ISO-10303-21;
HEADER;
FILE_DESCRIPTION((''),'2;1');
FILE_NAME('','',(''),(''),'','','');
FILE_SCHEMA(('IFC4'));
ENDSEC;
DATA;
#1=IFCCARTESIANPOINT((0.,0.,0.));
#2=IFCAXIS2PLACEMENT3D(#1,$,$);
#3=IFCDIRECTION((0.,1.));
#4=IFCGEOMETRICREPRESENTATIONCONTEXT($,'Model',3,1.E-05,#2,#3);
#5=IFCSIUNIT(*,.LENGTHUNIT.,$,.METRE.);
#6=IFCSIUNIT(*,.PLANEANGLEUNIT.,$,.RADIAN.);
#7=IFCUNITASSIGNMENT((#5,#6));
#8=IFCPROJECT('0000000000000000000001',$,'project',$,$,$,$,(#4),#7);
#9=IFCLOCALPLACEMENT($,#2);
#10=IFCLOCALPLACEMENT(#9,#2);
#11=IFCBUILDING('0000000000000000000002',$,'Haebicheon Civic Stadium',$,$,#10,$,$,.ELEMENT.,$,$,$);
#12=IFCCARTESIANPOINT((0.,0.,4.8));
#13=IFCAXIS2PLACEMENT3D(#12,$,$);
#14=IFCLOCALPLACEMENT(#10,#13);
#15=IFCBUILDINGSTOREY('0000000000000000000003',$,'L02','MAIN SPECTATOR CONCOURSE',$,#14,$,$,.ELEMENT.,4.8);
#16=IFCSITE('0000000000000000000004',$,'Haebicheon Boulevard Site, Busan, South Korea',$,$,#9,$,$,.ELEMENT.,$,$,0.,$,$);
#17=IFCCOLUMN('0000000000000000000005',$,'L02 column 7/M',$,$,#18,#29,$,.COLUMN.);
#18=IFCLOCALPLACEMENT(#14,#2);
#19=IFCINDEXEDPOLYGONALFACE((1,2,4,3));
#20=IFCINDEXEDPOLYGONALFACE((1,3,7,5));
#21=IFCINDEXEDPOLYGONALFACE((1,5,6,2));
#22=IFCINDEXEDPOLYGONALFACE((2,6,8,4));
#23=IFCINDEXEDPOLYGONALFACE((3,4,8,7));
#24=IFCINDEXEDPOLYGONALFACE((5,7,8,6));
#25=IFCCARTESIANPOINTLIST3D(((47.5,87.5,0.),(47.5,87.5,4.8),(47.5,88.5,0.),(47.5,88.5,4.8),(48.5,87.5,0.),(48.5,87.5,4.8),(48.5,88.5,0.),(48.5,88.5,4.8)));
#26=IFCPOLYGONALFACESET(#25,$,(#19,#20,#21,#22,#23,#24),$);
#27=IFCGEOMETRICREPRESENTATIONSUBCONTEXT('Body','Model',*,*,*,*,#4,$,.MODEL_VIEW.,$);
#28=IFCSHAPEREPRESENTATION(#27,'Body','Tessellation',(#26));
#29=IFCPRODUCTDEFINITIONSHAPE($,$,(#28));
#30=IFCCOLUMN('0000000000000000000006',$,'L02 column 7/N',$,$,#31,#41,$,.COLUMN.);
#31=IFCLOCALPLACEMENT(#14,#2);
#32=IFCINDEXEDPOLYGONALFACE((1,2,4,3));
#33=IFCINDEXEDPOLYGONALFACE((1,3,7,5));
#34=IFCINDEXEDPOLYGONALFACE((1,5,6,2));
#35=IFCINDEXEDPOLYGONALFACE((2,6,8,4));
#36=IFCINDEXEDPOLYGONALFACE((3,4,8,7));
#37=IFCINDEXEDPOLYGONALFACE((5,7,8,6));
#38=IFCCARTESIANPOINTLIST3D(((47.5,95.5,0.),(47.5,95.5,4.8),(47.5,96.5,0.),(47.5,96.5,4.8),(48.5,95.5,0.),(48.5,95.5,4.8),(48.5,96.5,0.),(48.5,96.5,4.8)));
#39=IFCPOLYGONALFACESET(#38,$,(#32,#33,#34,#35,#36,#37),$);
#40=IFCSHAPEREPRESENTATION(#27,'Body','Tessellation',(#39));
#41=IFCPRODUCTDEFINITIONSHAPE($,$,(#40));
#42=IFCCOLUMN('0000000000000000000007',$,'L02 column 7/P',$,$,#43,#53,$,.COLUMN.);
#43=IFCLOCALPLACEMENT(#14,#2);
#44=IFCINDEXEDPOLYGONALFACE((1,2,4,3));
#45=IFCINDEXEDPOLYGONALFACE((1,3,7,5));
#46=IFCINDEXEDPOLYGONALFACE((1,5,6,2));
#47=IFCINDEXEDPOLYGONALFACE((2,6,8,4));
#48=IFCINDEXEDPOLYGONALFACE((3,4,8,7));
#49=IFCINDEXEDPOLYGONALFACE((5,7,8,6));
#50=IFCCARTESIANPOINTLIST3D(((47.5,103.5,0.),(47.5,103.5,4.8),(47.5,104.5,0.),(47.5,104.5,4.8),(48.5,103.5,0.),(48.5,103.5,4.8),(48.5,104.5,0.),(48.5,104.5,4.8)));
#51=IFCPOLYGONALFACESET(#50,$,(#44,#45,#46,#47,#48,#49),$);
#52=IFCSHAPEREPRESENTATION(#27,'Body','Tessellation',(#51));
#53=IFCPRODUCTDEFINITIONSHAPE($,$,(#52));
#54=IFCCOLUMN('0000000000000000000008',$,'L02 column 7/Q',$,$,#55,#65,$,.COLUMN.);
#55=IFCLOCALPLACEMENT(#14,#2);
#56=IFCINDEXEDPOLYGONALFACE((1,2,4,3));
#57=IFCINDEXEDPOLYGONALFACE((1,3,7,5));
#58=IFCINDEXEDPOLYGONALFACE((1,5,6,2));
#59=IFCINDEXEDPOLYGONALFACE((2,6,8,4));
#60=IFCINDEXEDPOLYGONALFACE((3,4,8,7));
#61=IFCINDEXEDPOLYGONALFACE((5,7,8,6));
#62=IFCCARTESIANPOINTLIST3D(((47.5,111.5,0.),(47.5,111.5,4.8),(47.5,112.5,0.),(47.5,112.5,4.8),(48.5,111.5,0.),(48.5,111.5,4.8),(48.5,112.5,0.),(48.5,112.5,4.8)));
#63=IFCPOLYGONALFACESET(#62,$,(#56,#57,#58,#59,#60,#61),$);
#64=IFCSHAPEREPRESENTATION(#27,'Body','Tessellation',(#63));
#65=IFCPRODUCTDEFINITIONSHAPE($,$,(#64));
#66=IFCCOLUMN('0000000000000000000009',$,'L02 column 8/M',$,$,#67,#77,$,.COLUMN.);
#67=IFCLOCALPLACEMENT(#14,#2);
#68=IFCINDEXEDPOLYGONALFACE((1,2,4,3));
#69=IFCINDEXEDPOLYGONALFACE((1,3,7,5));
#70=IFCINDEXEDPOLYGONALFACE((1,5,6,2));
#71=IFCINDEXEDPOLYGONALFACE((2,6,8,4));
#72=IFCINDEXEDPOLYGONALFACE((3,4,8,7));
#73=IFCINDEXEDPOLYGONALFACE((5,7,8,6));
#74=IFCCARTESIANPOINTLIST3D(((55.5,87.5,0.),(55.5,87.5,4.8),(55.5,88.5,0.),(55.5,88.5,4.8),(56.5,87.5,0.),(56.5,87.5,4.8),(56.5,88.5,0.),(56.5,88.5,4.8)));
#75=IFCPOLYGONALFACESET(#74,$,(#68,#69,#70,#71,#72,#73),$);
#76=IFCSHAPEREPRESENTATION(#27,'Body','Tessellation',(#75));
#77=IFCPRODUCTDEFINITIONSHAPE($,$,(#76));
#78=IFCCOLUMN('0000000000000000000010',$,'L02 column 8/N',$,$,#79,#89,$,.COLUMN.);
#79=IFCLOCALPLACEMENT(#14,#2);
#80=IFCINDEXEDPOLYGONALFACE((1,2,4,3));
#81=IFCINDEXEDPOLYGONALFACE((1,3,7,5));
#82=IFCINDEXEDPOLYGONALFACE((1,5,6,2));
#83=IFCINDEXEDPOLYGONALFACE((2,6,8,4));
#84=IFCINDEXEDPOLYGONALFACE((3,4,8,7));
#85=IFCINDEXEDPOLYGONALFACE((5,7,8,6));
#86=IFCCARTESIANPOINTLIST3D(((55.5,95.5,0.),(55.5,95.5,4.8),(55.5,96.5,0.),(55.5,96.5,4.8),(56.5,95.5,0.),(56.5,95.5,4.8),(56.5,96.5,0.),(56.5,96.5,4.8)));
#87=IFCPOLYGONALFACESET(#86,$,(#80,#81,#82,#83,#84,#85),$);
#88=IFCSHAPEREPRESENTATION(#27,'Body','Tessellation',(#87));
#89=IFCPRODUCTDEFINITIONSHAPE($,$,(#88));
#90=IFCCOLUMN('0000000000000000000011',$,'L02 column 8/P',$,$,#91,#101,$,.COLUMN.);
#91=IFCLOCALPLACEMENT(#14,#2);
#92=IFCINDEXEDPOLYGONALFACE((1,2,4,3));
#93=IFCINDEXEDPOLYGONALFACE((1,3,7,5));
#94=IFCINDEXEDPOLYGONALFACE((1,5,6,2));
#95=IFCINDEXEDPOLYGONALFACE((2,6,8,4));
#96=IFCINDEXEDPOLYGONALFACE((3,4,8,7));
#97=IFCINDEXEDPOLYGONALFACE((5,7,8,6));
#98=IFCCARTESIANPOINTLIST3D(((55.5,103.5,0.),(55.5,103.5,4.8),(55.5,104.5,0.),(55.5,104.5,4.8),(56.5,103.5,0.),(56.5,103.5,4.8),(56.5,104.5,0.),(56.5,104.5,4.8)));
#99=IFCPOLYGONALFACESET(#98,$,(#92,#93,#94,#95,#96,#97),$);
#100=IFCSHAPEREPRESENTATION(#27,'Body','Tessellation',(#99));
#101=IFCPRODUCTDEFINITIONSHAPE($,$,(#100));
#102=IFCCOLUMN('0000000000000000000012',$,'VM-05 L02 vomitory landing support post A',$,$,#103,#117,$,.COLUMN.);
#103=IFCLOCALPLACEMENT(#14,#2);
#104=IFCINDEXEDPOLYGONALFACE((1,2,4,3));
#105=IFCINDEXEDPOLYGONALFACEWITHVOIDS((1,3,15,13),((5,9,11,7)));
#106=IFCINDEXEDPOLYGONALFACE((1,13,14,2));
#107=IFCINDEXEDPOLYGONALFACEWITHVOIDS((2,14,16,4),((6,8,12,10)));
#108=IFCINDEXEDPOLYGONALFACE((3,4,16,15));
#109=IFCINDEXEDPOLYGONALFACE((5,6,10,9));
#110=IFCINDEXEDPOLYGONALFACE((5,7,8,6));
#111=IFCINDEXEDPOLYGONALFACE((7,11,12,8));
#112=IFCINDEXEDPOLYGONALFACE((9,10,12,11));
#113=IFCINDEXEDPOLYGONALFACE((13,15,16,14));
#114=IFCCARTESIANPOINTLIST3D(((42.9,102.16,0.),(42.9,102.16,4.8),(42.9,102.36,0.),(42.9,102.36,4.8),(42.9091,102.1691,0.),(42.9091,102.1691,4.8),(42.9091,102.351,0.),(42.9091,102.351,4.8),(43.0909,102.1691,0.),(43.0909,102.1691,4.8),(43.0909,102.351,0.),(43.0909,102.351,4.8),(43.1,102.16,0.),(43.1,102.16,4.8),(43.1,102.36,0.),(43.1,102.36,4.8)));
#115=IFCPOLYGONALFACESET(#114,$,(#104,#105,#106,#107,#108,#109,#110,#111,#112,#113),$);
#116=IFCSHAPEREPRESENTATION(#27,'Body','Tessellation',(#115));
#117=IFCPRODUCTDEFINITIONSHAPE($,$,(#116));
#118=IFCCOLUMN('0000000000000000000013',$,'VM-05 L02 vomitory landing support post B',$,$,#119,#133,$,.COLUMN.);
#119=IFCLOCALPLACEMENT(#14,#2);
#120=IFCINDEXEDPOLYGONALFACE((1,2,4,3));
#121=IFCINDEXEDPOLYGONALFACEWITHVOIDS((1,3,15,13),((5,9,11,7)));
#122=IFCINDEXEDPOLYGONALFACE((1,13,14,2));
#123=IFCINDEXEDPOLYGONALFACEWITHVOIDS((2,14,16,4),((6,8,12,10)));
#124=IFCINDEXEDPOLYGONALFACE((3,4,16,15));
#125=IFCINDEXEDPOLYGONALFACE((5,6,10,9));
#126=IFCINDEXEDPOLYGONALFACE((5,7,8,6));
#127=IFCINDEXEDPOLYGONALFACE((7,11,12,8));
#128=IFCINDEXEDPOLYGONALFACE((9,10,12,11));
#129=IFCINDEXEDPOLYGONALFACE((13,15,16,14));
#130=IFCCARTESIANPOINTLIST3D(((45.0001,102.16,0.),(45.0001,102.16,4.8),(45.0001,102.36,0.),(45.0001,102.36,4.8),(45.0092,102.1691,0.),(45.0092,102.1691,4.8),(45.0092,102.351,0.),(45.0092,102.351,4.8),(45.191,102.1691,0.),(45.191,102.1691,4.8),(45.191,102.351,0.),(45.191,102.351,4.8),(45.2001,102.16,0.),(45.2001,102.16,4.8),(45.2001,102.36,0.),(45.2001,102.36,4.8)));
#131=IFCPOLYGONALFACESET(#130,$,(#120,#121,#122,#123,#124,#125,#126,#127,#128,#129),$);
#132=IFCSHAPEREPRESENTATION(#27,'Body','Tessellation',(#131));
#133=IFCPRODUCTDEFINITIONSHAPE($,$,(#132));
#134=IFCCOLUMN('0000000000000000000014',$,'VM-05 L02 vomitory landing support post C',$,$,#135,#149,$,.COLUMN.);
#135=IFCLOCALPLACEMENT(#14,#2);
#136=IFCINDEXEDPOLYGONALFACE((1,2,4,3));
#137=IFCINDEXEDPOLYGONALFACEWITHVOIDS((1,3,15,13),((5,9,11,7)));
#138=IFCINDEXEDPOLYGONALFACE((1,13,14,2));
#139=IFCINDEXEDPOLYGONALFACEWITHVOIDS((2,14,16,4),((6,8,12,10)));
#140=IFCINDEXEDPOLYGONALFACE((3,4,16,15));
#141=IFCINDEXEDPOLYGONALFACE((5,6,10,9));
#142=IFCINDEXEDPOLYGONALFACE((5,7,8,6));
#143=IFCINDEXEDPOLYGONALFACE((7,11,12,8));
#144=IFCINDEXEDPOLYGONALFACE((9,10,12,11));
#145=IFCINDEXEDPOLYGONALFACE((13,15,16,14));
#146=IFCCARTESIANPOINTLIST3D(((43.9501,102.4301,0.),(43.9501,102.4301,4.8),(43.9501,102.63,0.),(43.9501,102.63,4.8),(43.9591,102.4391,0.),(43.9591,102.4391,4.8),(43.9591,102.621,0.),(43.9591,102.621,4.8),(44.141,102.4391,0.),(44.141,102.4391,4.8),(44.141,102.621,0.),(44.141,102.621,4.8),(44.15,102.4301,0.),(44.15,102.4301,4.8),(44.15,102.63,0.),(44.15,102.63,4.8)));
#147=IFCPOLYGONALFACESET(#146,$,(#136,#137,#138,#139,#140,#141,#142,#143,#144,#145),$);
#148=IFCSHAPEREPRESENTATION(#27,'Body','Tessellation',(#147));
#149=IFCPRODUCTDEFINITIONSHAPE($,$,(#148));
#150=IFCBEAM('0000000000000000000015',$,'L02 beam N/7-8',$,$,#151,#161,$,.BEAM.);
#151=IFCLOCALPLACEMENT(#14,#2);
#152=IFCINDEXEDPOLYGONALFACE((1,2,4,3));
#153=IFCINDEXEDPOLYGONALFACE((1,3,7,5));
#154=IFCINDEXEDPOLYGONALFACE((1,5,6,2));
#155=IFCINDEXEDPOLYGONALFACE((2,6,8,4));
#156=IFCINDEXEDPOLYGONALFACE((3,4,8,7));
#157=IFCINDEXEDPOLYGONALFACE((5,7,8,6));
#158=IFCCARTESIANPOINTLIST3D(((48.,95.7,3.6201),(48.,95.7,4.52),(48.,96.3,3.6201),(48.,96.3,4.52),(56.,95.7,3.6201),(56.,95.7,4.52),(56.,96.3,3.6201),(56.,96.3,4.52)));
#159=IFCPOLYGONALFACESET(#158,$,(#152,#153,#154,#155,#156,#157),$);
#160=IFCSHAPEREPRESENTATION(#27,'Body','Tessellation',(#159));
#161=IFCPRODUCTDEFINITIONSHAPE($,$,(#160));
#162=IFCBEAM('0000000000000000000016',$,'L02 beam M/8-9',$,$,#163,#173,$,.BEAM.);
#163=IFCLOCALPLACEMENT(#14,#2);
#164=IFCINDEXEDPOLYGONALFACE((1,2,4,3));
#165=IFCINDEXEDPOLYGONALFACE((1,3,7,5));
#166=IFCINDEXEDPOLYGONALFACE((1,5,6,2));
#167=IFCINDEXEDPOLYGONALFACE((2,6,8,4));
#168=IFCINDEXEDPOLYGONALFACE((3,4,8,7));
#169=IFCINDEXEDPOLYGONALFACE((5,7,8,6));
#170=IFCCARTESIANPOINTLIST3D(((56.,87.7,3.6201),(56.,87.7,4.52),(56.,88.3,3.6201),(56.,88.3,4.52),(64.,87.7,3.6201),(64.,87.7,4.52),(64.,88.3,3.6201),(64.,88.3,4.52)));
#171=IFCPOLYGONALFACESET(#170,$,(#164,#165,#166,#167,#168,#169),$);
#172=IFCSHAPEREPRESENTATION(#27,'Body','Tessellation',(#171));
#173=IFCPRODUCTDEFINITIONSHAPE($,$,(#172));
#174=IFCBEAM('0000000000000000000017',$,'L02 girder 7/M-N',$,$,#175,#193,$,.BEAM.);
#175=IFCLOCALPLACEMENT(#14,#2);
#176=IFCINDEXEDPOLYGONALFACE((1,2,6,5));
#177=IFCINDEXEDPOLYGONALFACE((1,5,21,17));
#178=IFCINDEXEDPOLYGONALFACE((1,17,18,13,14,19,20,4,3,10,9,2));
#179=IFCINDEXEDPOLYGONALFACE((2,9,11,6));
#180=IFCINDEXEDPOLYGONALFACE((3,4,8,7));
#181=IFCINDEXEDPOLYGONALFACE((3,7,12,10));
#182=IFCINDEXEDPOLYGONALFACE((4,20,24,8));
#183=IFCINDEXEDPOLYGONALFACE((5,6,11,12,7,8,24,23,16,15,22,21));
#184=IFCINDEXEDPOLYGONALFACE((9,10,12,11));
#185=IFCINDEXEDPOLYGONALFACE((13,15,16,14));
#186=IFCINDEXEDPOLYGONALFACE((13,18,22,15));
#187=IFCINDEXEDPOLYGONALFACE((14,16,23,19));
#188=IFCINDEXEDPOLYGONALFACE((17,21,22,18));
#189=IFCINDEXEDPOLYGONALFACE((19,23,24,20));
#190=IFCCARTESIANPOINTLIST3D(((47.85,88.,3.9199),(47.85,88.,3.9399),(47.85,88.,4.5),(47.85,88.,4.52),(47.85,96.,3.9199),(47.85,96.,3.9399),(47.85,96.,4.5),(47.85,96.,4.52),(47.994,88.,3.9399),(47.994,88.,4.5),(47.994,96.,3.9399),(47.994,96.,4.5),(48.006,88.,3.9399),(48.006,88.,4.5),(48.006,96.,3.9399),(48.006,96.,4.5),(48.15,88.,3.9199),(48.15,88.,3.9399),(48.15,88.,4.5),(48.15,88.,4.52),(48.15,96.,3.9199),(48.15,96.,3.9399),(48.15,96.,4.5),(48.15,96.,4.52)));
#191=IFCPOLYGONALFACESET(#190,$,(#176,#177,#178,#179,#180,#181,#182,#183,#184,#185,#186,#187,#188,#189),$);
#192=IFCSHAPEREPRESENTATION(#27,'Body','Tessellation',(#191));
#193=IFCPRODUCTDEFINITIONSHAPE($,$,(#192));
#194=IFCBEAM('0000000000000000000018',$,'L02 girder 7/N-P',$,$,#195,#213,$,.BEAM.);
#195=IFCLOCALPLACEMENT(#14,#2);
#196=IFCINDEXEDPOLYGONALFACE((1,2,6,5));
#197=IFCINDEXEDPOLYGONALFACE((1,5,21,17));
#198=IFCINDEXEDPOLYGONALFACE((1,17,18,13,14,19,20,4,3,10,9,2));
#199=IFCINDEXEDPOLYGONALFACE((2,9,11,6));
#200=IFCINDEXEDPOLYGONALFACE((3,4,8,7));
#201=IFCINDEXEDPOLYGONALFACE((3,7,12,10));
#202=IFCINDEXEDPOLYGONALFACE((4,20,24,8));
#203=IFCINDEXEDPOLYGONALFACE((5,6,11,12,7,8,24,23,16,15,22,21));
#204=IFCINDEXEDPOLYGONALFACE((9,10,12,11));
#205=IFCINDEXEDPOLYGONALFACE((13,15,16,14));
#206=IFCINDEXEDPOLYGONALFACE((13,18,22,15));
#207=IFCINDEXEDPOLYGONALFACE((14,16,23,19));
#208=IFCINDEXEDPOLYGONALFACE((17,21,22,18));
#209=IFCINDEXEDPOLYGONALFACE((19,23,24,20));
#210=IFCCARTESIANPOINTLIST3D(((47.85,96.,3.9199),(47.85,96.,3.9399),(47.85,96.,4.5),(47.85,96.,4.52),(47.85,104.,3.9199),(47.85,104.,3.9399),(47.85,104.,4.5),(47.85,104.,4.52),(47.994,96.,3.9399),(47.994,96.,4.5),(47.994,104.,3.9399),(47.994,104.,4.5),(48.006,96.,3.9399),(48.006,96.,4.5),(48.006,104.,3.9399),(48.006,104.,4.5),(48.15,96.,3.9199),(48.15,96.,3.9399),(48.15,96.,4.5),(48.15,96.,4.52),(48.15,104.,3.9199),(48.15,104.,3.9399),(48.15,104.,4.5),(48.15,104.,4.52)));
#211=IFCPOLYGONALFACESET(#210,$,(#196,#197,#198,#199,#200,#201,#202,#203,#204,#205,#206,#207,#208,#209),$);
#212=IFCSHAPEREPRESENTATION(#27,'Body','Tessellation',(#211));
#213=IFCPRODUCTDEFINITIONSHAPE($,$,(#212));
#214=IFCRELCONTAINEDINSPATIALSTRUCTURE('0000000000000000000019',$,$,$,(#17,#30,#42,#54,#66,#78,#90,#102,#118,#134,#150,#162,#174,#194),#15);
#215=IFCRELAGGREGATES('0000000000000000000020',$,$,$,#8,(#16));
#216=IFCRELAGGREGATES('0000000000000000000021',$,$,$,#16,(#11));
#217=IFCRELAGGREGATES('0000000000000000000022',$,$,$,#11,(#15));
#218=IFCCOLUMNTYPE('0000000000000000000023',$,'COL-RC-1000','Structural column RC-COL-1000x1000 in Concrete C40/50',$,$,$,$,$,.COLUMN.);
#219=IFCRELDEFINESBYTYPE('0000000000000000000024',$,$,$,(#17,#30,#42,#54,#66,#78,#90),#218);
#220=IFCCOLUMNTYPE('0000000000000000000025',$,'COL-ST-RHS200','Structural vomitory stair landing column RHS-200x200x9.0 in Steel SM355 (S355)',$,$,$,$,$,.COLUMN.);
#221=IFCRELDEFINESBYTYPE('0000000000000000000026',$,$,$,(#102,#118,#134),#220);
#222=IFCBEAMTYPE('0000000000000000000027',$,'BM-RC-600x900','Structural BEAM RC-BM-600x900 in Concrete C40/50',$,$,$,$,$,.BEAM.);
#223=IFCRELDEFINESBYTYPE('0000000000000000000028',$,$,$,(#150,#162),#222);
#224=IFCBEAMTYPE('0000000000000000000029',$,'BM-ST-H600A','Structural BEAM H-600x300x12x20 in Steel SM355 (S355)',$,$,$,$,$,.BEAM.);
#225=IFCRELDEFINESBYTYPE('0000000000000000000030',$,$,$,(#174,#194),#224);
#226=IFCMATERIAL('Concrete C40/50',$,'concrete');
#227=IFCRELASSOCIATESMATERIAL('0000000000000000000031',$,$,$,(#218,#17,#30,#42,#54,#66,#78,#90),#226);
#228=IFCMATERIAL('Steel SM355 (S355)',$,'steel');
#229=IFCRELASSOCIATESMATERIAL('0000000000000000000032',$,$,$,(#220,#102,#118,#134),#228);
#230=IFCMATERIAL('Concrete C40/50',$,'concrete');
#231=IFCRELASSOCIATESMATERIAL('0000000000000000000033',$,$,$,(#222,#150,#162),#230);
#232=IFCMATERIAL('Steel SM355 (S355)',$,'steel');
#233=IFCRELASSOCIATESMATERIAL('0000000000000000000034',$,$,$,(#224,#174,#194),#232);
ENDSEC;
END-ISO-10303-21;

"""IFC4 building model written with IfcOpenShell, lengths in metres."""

from ifc_helpers import new_model, si_unit, direction, frame, origin, origin_2d, place, context, subcontext, project, spatial, rectangle, hollow_rectangle, i_section, extrude, material, material_profile, profile_set, type_object, element, save


model = new_model("IFC4")

# Units and contexts
model_context = context("Model", 3, precision=1e-05, world=origin(), true_north=direction((0.0, 1.0)))
body_context = subcontext(model_context, "Body", "Model", "MODEL_VIEW")
ifc_project = project(units=[si_unit("LENGTHUNIT", "METRE"), si_unit("PLANEANGLEUNIT", "RADIAN")], contexts=[model_context])

# Site, building, storey
site_placement = place(None, origin())
site = spatial("IfcSite", under=ifc_project, at=site_placement, Name="Haebicheon Boulevard Site, Busan, South Korea", CompositionType="ELEMENT", RefElevation=0.0)
building_placement = place(site_placement, origin())
building = spatial("IfcBuilding", under=site, at=building_placement, Name="Haebicheon Civic Stadium", CompositionType="ELEMENT")
storey_placement = place(building_placement, frame((0.0, 0.0, 4.8)))
storey = spatial("IfcBuildingStorey", under=building, at=storey_placement, Name="L02", Description="MAIN SPECTATOR CONCOURSE", CompositionType="ELEMENT", Elevation=4.8)

# Columns
ifc_material_1 = material(Name="Concrete C40/50", Category="concrete")
ifc_material_profile_1 = material_profile(ifc_material_1, rectangle(XDim=1.0, YDim=1.0, at=origin_2d()), Name="RC-COL-1000x1000")
ifc_profile_set_1 = profile_set([ifc_material_profile_1], Name="Concrete C40/50")
column_type_1 = type_object("IfcColumnType", Name="COL-RC-1000", Description="Structural column RC-COL-1000x1000 in Concrete C40/50", PredefinedType="COLUMN", material=ifc_profile_set_1)
for number, where, z_axis, x_axis, name in (
    (1, (48.0, 88.0, 0.0), (0.0, 0.0, 1.0), (1.0, 0.0, 0.0), "L02 column 7/M"),
    (2, (48.0, 96.0, 0.0), (0.0, 0.0, 1.0), (1.0, 0.0, 0.0), "L02 column 7/N"),
    (3, (48.0, 104.0, 0.0), (0.0, 0.0, 1.0), (1.0, 0.0, 0.0), "L02 column 7/P"),
    (4, (48.0, 112.0, 0.0), (0.0, 0.0, 1.0), (1.0, 0.0, 0.0), "L02 column 7/Q"),
    (5, (56.0, 88.0, 0.0), (0.0, 0.0, 1.0), (1.0, 0.0, 0.0), "L02 column 8/M"),
    (6, (56.0, 96.0, 0.0), (0.0, 0.0, 1.0), (1.0, 0.0, 0.0), "L02 column 8/N"),
    (7, (56.0, 104.0, 0.0), (0.0, 0.0, 1.0), (1.0, 0.0, 0.0), "L02 column 8/P"),
):
    element("IfcColumn", number, at=place(storey_placement, frame(where, z_axis=z_axis, x_axis=x_axis)), inside=storey, type_object=column_type_1, material=ifc_profile_set_1, Name=name, PredefinedType="COLUMN", context=body_context, shape_type="SweptSolid", body=[
        extrude(rectangle(XDim=1.0, YDim=1.0, at=origin_2d()), origin(), (0.0, 0.0, 1.0), 4.8),
    ])
ifc_material_2 = material(Name="Steel SM355 (S355)", Category="steel")
ifc_material_profile_2 = material_profile(ifc_material_2, hollow_rectangle(XDim=0.2, YDim=0.2, WallThickness=0.009, at=origin_2d()), Name="RHS-200x200x9.0")
ifc_profile_set_2 = profile_set([ifc_material_profile_2], Name="Steel SM355 (S355)")
column_type_2 = type_object("IfcColumnType", Name="COL-ST-RHS200", Description="Structural vomitory stair landing column RHS-200x200x9.0 in Steel SM355 (S355)", PredefinedType="COLUMN", material=ifc_profile_set_2)
for number, where, z_axis, x_axis, name in (
    (8, (43.0, 102.26, 0.0), (0.0, 0.0, 1.0), (1.0, 0.0, 0.0), "VM-05 L02 vomitory landing support post A"),
    (9, (45.1001, 102.26, 0.0), (0.0, 0.0, 1.0), (1.0, 0.0, 0.0), "VM-05 L02 vomitory landing support post B"),
    (10, (44.05, 102.53, 0.0), (0.0, 0.0, 1.0), (1.0, 0.0, 0.0), "VM-05 L02 vomitory landing support post C"),
):
    element("IfcColumn", number, at=place(storey_placement, frame(where, z_axis=z_axis, x_axis=x_axis)), inside=storey, type_object=column_type_2, material=ifc_profile_set_2, Name=name, PredefinedType="COLUMN", context=body_context, shape_type="SweptSolid", body=[
        extrude(hollow_rectangle(XDim=0.2, YDim=0.2, WallThickness=0.009, at=origin_2d()), origin(), (0.0, 0.0, 1.0), 4.8),
    ])

# Beams
ifc_material_3 = material(Name="Concrete C40/50", Category="concrete")
ifc_material_profile_3 = material_profile(ifc_material_3, rectangle(XDim=0.6001, YDim=0.8999, at=origin_2d()), Name="RC-BM-600x900")
ifc_profile_set_3 = profile_set([ifc_material_profile_3], Name="Concrete C40/50")
beam_type_1 = type_object("IfcBeamType", Name="BM-RC-600x900", Description="Structural BEAM RC-BM-600x900 in Concrete C40/50", PredefinedType="BEAM", material=ifc_profile_set_3)
for number, where, z_axis, x_axis, name in (
    (11, (48.0, 96.0, 4.0701), (1.0, 0.0, 0.0), (0.0, 1.0, 0.0), "L02 beam N/7-8"),
    (12, (56.0, 88.0, 4.0701), (1.0, 0.0, 0.0), (0.0, 1.0, 0.0), "L02 beam M/8-9"),
):
    element("IfcBeam", number, at=place(storey_placement, frame(where, z_axis=z_axis, x_axis=x_axis)), inside=storey, type_object=beam_type_1, material=ifc_profile_set_3, Name=name, PredefinedType="BEAM", context=body_context, shape_type="SweptSolid", body=[
        extrude(rectangle(XDim=0.6001, YDim=0.8999, at=origin_2d()), origin(), (0.0, 0.0, 1.0), 8.0),
    ])
ifc_material_4 = material(Name="Steel SM355 (S355)", Category="steel")
ifc_material_profile_4 = material_profile(ifc_material_4, i_section(OverallWidth=0.3, OverallDepth=0.6001, WebThickness=0.012, FlangeThickness=0.02, at=origin_2d()), Name="H-600x300x12x20")
ifc_profile_set_4 = profile_set([ifc_material_profile_4], Name="Steel SM355 (S355)")
beam_type_2 = type_object("IfcBeamType", Name="BM-ST-H600A", Description="Structural BEAM H-600x300x12x20 in Steel SM355 (S355)", PredefinedType="BEAM", material=ifc_profile_set_4)
for number, where, z_axis, x_axis, name in (
    (13, (48.0, 88.0, 4.22), (0.0, 1.0, 0.0), (-1.0, 0.0, 0.0), "L02 girder 7/M-N"),
    (14, (48.0, 96.0, 4.22), (0.0, 1.0, 0.0), (-1.0, 0.0, 0.0), "L02 girder 7/N-P"),
):
    element("IfcBeam", number, at=place(storey_placement, frame(where, z_axis=z_axis, x_axis=x_axis)), inside=storey, type_object=beam_type_2, material=ifc_profile_set_4, Name=name, PredefinedType="BEAM", context=body_context, shape_type="SweptSolid", body=[
        extrude(i_section(OverallWidth=0.3, OverallDepth=0.6001, WebThickness=0.012, FlangeThickness=0.02, at=origin_2d()), origin(), (0.0, 0.0, 1.0), 8.0),
    ])

save(model, "model.ifc")
